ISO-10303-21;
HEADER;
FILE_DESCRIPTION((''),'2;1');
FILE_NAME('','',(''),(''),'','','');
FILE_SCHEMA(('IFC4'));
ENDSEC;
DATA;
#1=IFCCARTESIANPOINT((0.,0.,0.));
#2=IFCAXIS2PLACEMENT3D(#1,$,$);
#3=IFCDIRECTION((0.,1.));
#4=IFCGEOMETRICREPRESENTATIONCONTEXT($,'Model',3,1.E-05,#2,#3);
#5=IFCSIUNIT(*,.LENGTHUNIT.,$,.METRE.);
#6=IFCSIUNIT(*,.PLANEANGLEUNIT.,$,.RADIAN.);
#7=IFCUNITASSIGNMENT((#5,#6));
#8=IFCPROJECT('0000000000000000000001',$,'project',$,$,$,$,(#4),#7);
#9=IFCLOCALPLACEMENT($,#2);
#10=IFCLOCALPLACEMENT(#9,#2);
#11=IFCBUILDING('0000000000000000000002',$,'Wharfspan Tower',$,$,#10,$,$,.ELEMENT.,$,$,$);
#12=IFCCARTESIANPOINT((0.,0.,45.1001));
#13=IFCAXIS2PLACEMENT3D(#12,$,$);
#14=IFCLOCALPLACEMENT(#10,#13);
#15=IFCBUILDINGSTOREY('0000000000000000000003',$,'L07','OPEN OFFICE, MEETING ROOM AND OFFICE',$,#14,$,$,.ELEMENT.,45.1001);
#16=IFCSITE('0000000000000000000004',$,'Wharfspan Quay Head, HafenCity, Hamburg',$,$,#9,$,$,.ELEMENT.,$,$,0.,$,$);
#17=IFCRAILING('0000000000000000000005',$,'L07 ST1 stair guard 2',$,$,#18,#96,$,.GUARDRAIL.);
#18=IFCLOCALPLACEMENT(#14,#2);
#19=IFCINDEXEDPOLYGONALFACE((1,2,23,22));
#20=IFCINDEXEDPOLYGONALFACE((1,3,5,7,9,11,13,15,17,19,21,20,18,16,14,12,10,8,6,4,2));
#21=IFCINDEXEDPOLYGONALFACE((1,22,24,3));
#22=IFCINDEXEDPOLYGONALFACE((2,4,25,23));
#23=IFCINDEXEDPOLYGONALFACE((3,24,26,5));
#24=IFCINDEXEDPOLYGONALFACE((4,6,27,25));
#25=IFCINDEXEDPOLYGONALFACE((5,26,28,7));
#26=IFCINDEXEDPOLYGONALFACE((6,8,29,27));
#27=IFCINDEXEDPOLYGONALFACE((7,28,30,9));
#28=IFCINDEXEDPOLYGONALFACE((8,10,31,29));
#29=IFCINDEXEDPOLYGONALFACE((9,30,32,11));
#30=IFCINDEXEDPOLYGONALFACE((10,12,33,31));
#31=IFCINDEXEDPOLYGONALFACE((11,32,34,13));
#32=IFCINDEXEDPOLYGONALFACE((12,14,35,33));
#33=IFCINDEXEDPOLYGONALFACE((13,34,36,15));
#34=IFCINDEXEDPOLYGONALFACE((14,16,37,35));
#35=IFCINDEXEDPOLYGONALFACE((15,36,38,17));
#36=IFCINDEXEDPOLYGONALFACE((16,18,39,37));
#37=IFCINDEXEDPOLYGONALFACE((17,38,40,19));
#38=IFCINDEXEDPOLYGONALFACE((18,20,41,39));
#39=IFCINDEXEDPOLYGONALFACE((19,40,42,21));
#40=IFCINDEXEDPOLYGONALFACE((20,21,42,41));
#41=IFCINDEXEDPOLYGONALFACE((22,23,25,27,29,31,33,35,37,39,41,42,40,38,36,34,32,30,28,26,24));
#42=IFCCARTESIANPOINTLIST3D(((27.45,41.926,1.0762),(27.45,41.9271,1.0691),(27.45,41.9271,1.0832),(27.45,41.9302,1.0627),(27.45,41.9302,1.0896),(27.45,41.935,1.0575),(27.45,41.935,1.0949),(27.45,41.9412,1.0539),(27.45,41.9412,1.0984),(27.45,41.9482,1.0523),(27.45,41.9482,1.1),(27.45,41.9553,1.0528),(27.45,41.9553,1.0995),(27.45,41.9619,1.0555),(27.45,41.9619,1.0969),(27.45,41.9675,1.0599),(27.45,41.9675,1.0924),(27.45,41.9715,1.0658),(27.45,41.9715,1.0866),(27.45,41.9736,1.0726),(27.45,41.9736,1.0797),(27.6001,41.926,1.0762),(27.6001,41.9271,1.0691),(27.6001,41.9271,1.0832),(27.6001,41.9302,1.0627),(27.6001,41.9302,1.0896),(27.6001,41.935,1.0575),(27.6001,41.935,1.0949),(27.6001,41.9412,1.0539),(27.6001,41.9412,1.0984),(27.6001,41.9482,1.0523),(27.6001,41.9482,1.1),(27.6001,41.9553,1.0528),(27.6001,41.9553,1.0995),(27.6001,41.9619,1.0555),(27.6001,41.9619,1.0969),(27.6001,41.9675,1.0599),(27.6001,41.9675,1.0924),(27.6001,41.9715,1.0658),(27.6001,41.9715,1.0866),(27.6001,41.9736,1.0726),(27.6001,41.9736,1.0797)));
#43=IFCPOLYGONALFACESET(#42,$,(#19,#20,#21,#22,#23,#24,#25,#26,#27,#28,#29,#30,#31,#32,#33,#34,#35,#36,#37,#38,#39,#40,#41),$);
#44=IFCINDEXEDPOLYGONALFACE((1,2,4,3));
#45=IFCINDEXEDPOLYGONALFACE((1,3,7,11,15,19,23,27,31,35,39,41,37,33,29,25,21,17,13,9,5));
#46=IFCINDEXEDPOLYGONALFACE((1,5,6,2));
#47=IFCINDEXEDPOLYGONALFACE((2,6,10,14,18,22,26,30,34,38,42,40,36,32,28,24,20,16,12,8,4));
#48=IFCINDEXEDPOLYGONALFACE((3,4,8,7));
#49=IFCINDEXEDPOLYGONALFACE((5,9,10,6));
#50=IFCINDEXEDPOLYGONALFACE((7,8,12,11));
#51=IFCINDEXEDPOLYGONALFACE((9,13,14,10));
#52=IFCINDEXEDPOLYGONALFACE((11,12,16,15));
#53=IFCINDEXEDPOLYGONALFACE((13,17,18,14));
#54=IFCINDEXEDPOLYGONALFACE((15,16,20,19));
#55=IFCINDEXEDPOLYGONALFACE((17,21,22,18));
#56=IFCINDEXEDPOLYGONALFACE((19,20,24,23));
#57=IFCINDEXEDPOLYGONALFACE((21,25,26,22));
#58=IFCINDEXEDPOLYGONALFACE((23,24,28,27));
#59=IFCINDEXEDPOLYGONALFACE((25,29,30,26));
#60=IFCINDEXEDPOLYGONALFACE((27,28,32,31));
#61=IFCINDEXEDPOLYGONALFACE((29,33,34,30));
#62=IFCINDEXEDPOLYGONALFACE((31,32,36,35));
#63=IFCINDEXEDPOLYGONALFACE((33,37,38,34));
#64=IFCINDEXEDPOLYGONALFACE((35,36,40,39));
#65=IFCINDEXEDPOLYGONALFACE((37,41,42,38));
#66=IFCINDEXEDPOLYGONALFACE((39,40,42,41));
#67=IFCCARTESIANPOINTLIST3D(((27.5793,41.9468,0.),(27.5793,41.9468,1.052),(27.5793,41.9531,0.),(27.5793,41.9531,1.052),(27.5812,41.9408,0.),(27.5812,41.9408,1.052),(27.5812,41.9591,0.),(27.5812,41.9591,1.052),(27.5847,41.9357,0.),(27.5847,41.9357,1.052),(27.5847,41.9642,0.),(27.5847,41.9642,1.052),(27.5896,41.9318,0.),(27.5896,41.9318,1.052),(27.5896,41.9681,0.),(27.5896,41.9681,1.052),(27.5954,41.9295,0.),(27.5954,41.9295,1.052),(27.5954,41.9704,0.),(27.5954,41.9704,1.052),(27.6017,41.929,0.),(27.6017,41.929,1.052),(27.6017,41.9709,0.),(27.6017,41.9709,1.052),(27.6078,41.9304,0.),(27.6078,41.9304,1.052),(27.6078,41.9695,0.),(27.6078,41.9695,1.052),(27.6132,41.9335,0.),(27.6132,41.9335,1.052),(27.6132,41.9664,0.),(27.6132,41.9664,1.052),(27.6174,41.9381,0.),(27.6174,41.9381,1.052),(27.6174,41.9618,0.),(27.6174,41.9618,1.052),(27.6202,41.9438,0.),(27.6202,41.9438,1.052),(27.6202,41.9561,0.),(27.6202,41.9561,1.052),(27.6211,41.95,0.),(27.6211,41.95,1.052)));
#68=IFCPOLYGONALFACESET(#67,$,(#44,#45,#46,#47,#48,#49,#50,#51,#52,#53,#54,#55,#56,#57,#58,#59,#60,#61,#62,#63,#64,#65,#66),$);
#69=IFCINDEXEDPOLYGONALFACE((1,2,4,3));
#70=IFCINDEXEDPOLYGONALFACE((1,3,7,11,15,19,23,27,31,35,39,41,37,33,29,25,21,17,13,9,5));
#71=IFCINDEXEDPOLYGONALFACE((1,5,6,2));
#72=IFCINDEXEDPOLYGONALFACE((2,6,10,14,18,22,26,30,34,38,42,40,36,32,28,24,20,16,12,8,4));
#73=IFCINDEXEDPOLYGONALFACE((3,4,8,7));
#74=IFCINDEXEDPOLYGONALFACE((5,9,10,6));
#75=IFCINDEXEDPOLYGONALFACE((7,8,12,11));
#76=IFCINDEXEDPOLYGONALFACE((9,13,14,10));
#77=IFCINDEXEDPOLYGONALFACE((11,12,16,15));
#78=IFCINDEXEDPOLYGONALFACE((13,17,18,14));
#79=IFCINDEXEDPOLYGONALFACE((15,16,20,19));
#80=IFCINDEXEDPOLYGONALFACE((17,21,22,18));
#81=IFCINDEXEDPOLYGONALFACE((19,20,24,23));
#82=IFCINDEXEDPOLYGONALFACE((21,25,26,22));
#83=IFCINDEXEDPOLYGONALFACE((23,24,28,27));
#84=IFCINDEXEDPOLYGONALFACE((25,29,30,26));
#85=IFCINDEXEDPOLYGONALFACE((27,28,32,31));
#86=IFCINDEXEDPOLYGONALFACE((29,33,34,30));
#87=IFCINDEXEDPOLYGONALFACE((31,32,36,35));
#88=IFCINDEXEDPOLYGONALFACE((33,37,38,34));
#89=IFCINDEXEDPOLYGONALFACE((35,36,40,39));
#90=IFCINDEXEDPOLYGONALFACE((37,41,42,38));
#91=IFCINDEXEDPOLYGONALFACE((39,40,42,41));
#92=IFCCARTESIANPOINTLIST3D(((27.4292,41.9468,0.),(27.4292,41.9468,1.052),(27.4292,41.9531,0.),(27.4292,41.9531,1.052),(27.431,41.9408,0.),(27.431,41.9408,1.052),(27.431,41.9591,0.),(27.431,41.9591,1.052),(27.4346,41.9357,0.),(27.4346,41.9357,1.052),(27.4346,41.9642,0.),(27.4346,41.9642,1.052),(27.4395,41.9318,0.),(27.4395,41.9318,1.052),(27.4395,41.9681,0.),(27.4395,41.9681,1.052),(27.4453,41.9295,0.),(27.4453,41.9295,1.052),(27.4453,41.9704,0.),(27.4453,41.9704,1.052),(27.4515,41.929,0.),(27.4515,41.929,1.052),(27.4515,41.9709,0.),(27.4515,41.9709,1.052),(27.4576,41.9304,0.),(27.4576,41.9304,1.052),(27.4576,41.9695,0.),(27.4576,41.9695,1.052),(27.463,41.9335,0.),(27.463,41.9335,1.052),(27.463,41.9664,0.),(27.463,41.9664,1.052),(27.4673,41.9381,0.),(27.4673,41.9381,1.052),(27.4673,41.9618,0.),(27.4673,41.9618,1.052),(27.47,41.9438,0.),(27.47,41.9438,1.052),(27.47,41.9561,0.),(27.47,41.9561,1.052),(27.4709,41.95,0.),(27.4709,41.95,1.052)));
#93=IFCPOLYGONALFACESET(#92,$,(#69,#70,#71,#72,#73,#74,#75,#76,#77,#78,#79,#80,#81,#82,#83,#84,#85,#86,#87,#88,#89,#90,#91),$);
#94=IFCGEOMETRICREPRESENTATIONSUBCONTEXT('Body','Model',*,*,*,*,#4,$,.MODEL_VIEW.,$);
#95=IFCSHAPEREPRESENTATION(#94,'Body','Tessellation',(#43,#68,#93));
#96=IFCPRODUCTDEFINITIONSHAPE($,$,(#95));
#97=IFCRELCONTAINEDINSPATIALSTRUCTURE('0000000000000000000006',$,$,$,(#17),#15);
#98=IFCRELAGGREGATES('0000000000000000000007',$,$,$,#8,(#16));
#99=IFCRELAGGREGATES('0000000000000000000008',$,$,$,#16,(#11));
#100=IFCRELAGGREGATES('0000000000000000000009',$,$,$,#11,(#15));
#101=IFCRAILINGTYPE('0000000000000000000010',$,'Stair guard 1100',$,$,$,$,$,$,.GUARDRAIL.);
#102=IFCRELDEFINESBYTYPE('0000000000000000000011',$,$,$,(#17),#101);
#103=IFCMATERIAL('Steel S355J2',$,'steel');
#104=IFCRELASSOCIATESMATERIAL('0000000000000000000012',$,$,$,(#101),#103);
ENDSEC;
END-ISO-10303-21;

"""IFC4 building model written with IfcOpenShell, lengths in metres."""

from ifc_helpers import new_model, si_unit, direction, frame, origin, origin_2d, place, context, subcontext, project, spatial, circle, extrude, material, type_object, element, save


model = new_model("IFC4")

# Units and contexts
model_context = context("Model", 3, precision=1e-05, world=origin(), true_north=direction((0.0, 1.0)))
body_context = subcontext(model_context, "Body", "Model", "MODEL_VIEW")
ifc_project = project(units=[si_unit("LENGTHUNIT", "METRE"), si_unit("PLANEANGLEUNIT", "RADIAN")], contexts=[model_context])

# Site, building, storey
site_placement = place(None, origin())
site = spatial("IfcSite", under=ifc_project, at=site_placement, Name="Wharfspan Quay Head, HafenCity, Hamburg", CompositionType="ELEMENT", RefElevation=0.0)
building_placement = place(site_placement, origin())
building = spatial("IfcBuilding", under=site, at=building_placement, Name="Wharfspan Tower", CompositionType="ELEMENT")
storey_placement = place(building_placement, frame((0.0, 0.0, 45.1001)))
storey = spatial("IfcBuildingStorey", under=building, at=storey_placement, Name="L07", Description="OPEN OFFICE, MEETING ROOM AND OFFICE", CompositionType="ELEMENT", Elevation=45.1001)

# Shared definitions
ifc_material_1 = material(Name="Steel S355J2", Category="steel")

# Railing
railing_type_1 = type_object("IfcRailingType", Name="Stair guard 1100", PredefinedType="GUARDRAIL", material=ifc_material_1)
railing_1_placement = place(storey_placement, frame((27.6001, 41.95, 0.0)))
element("IfcRailing", 1, at=railing_1_placement, inside=storey, type_object=railing_type_1, Name="L07 ST1 stair guard 2", PredefinedType="GUARDRAIL", context=body_context, shape_type="SweptSolid", body=[
    extrude(circle(Radius=0.0239, at=origin_2d()), frame((0.0, 0.0, 1.0762), z_axis=(-1.0, 0.0, 0.0), x_axis=(0.0, -1.0, 0.0)), (0.0, 0.0, 1.0), 0.1501),
    extrude(circle(Radius=0.021, at=origin_2d()), origin(), (0.0, 0.0, 1.0), 1.052),
    extrude(circle(Radius=0.021, at=origin_2d()), frame((-0.1501, 0.0, 0.0)), (0.0, 0.0, 1.0), 1.052),
])

save(model, "model.ifc")
